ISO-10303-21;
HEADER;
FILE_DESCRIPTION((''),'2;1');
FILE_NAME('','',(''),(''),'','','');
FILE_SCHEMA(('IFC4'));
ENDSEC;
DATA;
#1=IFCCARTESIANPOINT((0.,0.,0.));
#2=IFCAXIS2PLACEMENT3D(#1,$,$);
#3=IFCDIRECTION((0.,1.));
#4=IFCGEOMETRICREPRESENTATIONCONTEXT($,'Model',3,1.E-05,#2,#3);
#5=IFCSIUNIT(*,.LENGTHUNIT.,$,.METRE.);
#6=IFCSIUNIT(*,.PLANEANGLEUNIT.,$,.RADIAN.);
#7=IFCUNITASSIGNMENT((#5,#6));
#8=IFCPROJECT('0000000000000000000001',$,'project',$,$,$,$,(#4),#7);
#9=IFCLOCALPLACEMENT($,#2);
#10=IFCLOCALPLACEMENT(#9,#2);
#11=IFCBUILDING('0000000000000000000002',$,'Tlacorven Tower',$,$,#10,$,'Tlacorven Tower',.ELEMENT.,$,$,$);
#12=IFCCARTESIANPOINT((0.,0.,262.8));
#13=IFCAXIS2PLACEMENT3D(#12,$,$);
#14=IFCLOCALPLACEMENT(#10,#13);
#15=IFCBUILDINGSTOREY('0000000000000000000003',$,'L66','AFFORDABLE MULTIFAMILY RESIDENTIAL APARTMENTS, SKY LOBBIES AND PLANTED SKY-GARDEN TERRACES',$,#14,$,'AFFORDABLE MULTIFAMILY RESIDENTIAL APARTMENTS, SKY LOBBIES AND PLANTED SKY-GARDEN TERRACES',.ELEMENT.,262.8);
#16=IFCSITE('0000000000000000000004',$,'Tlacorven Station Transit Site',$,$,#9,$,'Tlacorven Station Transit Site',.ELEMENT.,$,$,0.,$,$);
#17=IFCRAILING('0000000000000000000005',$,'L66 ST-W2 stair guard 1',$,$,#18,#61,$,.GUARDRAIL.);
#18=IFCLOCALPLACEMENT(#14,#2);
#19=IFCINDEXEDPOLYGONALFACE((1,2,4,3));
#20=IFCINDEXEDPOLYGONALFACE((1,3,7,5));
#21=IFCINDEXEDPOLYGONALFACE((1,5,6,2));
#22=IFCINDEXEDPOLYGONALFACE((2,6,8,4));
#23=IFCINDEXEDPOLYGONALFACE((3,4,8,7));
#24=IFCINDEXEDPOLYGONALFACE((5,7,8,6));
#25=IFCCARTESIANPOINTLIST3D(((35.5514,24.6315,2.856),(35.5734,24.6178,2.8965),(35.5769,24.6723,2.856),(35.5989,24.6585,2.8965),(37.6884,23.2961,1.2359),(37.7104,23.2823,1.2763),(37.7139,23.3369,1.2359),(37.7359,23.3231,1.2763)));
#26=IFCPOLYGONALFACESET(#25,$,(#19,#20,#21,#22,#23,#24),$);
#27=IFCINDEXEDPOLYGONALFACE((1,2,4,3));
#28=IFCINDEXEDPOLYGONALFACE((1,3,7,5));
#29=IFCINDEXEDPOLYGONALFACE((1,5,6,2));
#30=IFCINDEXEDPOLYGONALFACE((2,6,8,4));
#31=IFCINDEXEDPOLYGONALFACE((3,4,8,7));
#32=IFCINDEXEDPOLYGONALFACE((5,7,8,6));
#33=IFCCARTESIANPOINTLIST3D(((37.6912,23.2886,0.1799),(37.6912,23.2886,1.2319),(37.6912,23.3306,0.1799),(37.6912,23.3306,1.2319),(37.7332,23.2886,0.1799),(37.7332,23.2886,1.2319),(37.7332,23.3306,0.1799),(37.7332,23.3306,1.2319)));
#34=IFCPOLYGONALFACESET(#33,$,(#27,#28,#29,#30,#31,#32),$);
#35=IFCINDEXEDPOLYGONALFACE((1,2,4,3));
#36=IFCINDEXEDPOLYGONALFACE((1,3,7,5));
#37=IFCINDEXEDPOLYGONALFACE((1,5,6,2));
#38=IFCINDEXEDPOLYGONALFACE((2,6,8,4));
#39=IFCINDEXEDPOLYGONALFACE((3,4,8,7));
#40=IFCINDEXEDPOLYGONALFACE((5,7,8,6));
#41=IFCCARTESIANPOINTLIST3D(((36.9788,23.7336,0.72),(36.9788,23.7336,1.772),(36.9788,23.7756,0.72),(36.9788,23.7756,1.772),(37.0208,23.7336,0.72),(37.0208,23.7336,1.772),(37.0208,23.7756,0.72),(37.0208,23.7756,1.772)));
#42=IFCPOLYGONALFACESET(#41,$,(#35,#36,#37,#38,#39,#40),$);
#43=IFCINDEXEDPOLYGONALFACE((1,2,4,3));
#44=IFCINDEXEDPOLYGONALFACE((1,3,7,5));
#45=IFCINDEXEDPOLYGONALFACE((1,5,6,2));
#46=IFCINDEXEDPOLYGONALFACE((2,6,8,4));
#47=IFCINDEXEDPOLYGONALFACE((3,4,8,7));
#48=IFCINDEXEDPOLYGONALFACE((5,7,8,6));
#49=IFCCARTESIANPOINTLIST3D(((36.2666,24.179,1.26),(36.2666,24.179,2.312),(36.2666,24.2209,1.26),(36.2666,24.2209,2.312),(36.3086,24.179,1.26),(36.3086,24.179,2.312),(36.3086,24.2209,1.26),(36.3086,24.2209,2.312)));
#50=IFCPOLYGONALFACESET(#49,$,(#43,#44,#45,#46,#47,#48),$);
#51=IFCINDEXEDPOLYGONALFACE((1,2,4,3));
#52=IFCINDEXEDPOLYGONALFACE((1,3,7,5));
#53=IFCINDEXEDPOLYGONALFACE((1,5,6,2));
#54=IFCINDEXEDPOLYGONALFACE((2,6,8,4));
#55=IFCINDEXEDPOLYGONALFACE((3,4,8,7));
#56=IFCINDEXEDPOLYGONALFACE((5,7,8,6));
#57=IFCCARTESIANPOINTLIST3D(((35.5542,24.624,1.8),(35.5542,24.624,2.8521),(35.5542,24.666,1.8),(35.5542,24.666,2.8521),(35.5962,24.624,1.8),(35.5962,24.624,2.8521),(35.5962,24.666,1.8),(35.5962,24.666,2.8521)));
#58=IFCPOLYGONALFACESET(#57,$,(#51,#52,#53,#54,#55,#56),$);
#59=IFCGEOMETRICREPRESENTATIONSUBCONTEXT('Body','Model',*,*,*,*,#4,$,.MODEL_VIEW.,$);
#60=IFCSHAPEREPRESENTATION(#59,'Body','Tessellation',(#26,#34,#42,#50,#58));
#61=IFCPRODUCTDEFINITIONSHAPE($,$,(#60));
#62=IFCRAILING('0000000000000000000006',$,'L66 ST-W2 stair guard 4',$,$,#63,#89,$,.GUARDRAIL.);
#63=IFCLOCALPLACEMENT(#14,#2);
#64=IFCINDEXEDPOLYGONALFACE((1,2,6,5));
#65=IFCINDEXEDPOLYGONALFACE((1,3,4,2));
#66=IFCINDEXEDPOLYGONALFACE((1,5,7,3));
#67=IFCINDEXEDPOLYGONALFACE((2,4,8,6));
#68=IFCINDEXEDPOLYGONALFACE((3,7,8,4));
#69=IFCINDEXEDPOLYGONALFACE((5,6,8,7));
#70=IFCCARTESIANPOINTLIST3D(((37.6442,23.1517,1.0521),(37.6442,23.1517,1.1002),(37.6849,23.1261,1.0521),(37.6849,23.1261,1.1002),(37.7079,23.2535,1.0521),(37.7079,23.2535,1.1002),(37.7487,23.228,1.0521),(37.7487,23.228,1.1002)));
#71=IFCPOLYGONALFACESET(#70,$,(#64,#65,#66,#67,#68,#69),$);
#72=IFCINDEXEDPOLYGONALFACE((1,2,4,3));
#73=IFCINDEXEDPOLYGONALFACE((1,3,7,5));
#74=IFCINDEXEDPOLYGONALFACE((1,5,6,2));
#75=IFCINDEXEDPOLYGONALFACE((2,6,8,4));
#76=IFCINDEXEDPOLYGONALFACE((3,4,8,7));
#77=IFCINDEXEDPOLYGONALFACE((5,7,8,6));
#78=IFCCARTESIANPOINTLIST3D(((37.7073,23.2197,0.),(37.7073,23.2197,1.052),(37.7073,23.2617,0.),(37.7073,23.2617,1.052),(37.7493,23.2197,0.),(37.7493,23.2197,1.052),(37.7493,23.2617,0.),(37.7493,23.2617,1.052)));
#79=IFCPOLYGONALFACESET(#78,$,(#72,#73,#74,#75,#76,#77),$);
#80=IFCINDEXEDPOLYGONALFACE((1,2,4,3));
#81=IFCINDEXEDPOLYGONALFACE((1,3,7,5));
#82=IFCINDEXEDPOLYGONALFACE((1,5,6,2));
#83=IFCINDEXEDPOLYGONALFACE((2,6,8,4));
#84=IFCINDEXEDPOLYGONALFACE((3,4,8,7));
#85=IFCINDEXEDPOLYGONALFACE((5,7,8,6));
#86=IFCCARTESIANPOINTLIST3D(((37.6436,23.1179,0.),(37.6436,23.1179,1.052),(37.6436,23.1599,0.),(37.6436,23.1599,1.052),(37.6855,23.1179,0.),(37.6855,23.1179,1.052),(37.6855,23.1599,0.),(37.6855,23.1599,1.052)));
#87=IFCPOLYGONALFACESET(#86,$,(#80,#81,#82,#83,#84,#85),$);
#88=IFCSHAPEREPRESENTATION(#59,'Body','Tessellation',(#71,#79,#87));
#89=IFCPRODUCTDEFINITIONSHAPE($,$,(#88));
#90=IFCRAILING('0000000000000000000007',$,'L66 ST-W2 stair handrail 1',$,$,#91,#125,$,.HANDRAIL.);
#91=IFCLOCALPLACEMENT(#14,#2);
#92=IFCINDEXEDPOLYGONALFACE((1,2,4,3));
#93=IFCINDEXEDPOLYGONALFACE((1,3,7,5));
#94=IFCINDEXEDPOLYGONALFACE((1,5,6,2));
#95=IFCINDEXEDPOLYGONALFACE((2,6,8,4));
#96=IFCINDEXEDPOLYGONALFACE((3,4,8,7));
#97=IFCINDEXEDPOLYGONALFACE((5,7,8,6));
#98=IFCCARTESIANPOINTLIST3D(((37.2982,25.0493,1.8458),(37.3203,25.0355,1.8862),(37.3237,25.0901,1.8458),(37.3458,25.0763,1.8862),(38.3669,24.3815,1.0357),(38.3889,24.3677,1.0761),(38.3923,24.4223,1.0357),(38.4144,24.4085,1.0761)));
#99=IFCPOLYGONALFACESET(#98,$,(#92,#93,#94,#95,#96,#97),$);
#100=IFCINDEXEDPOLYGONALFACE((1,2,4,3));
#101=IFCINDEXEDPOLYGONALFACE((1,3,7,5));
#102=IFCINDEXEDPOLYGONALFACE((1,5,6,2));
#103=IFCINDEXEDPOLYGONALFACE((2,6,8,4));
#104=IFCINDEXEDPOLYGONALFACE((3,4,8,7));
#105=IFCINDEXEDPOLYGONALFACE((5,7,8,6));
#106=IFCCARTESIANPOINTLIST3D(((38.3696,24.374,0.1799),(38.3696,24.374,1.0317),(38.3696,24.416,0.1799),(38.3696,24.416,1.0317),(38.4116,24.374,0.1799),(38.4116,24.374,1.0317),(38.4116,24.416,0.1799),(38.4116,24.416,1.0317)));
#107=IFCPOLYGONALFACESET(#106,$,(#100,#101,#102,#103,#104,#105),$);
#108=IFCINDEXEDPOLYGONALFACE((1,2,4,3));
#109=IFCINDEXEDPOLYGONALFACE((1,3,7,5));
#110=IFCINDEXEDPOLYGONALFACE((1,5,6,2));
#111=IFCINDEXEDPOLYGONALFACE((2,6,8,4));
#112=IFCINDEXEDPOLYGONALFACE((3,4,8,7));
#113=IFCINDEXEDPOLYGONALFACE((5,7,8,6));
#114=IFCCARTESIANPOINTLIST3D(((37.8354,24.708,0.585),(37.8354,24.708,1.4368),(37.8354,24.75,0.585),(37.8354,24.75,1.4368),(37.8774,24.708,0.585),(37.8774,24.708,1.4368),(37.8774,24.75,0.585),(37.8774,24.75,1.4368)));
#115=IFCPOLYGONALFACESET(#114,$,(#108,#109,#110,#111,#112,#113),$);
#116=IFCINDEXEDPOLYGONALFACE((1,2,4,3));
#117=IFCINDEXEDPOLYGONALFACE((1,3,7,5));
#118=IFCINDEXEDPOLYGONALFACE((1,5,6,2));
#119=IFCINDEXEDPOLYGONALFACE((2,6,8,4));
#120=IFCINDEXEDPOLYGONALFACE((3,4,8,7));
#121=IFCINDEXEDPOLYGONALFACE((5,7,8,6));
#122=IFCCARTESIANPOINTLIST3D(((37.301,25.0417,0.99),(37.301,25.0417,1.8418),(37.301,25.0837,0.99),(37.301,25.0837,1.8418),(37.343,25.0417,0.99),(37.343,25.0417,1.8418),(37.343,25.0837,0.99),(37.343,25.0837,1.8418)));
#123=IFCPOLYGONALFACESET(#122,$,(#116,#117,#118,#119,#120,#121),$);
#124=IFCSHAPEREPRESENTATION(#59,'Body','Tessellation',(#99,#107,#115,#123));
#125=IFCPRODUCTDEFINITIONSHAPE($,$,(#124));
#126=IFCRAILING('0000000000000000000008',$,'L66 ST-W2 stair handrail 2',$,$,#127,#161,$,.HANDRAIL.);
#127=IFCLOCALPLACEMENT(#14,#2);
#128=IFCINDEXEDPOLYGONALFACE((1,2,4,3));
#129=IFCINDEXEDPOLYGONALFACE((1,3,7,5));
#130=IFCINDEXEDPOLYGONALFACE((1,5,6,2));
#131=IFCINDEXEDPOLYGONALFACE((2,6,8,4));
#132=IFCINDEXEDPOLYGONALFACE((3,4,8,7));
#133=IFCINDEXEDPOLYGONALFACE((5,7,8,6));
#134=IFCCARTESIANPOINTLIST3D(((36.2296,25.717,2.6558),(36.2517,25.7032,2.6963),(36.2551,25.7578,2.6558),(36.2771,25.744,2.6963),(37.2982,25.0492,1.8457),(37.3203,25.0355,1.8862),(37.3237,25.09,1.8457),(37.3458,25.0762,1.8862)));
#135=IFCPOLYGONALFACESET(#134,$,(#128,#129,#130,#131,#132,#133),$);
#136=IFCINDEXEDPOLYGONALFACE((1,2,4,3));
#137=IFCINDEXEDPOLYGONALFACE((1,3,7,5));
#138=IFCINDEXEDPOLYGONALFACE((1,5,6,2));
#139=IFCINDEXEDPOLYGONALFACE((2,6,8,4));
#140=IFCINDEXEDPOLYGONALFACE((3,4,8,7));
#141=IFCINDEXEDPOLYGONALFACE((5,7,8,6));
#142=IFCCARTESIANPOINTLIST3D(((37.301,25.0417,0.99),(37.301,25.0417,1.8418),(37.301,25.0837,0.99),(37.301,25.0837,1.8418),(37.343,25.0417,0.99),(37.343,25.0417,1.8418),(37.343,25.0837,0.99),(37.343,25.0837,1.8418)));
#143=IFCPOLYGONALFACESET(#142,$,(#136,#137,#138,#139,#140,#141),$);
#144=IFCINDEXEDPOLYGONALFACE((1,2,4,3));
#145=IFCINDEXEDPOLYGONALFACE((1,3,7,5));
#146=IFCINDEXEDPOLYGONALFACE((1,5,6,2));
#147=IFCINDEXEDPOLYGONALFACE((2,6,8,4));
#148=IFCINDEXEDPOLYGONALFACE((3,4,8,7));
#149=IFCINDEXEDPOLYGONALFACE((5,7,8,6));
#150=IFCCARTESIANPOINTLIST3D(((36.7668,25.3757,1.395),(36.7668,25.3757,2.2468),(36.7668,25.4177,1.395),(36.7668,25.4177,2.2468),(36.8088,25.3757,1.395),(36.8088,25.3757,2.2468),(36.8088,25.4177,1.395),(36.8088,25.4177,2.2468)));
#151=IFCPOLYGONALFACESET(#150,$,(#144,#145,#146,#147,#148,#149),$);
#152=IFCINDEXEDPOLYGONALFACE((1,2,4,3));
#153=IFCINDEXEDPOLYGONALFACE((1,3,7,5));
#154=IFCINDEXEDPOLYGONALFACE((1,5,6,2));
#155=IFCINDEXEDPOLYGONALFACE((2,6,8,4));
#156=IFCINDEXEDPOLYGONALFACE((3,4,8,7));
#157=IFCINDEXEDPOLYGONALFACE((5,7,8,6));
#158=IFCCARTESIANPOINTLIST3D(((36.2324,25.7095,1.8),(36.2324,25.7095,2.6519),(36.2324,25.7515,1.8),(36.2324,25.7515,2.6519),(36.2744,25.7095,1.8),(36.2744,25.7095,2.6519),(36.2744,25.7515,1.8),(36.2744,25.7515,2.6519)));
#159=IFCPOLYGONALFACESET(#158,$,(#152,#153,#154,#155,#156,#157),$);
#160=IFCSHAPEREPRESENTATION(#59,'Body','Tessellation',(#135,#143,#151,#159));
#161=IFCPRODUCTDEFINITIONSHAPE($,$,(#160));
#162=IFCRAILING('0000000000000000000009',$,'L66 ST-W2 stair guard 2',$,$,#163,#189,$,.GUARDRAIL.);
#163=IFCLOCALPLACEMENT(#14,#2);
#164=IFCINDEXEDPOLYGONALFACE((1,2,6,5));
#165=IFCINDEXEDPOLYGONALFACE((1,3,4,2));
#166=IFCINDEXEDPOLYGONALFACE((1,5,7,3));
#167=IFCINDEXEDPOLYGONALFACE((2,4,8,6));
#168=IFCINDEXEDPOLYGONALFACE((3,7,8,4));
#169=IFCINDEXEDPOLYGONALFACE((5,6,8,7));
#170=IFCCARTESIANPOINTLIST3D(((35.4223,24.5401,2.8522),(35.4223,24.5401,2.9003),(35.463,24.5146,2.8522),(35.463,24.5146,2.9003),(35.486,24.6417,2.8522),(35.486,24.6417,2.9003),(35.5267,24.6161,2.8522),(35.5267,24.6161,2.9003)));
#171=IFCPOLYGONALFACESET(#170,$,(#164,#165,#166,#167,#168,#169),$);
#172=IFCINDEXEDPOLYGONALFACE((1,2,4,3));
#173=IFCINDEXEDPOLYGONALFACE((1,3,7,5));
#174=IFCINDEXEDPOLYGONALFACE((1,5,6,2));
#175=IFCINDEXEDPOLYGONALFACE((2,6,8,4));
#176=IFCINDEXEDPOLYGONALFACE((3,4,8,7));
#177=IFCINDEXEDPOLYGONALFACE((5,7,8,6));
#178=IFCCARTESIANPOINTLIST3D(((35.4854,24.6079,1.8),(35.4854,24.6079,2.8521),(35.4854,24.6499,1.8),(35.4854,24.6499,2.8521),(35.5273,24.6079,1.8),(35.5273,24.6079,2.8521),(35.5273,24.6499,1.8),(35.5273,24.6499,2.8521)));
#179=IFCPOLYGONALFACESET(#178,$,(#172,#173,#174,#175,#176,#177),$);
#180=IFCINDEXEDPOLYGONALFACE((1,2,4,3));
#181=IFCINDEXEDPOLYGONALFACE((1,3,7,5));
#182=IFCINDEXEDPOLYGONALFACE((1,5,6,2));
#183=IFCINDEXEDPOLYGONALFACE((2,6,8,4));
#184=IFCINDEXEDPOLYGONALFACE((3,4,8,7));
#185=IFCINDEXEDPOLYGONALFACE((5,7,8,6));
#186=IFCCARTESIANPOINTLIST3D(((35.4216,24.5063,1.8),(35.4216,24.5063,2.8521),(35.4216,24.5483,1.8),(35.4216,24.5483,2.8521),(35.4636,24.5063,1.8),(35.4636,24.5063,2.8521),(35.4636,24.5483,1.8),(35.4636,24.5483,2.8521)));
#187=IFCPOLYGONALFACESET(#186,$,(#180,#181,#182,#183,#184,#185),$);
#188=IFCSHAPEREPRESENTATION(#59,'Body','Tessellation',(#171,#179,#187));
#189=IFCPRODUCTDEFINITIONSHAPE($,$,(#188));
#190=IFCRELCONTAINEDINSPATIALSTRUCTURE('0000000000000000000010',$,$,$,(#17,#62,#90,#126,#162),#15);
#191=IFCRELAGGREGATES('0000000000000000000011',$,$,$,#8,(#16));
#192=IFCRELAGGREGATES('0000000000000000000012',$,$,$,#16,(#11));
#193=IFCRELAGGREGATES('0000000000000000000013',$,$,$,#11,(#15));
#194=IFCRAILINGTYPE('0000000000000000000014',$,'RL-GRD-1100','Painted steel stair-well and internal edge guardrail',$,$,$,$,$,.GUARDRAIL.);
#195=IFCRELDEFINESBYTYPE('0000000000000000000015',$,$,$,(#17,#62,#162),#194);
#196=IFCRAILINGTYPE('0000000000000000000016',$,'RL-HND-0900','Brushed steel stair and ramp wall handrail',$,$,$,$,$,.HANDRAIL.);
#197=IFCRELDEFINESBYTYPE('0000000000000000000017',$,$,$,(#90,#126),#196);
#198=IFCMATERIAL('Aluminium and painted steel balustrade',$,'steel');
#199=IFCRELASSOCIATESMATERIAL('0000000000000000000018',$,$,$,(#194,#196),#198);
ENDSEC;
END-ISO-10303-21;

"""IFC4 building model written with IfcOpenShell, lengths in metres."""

from ifc_helpers import new_model, si_unit, direction, frame, origin, origin_2d, place, context, subcontext, project, spatial, rectangle, extrude, source, transform, mapped, material, type_object, element, save


model = new_model("IFC4")

# Units and contexts
model_context = context("Model", 3, precision=1e-05, world=origin(), true_north=direction((0.0, 1.0)))
body_context = subcontext(model_context, "Body", "Model", "MODEL_VIEW")
ifc_project = project(units=[si_unit("LENGTHUNIT", "METRE"), si_unit("PLANEANGLEUNIT", "RADIAN")], contexts=[model_context])

# Site, building, storey
site_placement = place(None, origin())
site = spatial("IfcSite", under=ifc_project, at=site_placement, Name="Tlacorven Station Transit Site", LongName="Tlacorven Station Transit Site", CompositionType="ELEMENT", RefElevation=0.0)
building_placement = place(site_placement, origin())
building = spatial("IfcBuilding", under=site, at=building_placement, Name="Tlacorven Tower", LongName="Tlacorven Tower", CompositionType="ELEMENT")
storey_placement = place(building_placement, frame((0.0, 0.0, 262.8)))
storey = spatial("IfcBuildingStorey", under=building, at=storey_placement, Name="L66", Description="AFFORDABLE MULTIFAMILY RESIDENTIAL APARTMENTS, SKY LOBBIES AND PLANTED SKY-GARDEN TERRACES", LongName="AFFORDABLE MULTIFAMILY RESIDENTIAL APARTMENTS, SKY LOBBIES AND PLANTED SKY-GARDEN TERRACES", CompositionType="ELEMENT", Elevation=262.8)

# Railings
ifc_material_1 = material(Name="Aluminium and painted steel balustrade", Category="steel")
railing_type_1 = type_object("IfcRailingType", Name="RL-GRD-1100", Description="Painted steel stair-well and internal edge guardrail", PredefinedType="GUARDRAIL", material=ifc_material_1)
shared_shape_1 = source(origin(), body_context, "Body", "SweptSolid", [
    extrude(rectangle(XDim=0.0481, YDim=0.0481, at=origin_2d()), frame((0.0, 0.0, 1.0762), z_axis=(-0.71332, 0.445774, 0.540796), x_axis=(-0.529955, -0.848026, 0.0)), (0.0, 0.0, 1.0), 2.9958),
    extrude(rectangle(XDim=0.042, YDim=0.042, at=origin_2d()), origin(), (0.0, 0.0, 1.0), 1.052),
    extrude(rectangle(XDim=0.042, YDim=0.042, at=origin_2d()), frame((-0.7124, 0.4451, 0.54)), (0.0, 0.0, 1.0), 1.052),
    extrude(rectangle(XDim=0.042, YDim=0.042, at=origin_2d()), frame((-1.4246, 0.8904, 1.0801)), (0.0, 0.0, 1.0), 1.052),
    extrude(rectangle(XDim=0.042, YDim=0.042, at=origin_2d()), frame((-2.137, 1.3354, 1.6201)), (0.0, 0.0, 1.0), 1.052),
])
railing_1_placement = place(storey_placement, frame((37.7122, 23.3096, 0.1799)))
element("IfcRailing", 1, at=railing_1_placement, inside=storey, type_object=railing_type_1, Name="L66 ST-W2 stair guard 1", PredefinedType="GUARDRAIL", context=body_context, shape_type="MappedRepresentation", body=[
    mapped(shared_shape_1, transform((0.0, 0.0, 0.0), scale=1.0)),
])
shared_shape_2 = source(origin(), body_context, "Body", "SweptSolid", [
    extrude(rectangle(XDim=0.0481, YDim=0.0481, at=origin_2d()), frame((0.0, 0.0, 1.0762), z_axis=(-0.530547, -0.847656, 0.0), x_axis=(0.847656, -0.530547, 0.0)), (0.0, 0.0, 1.0), 0.1201),
    extrude(rectangle(XDim=0.042, YDim=0.042, at=origin_2d()), origin(), (0.0, 0.0, 1.0), 1.052),
    extrude(rectangle(XDim=0.042, YDim=0.042, at=origin_2d()), frame((-0.0637, -0.1018, 0.0)), (0.0, 0.0, 1.0), 1.052),
])
railing_2_placement = place(storey_placement, frame((37.7283, 23.2407, 0.0)))
element("IfcRailing", 2, at=railing_2_placement, inside=storey, type_object=railing_type_1, Name="L66 ST-W2 stair guard 4", PredefinedType="GUARDRAIL", context=body_context, shape_type="MappedRepresentation", body=[
    mapped(shared_shape_2, transform((0.0, 0.0, 0.0), scale=1.0)),
])
railing_type_2 = type_object("IfcRailingType", Name="RL-HND-0900", Description="Brushed steel stair and ramp wall handrail", PredefinedType="HANDRAIL", material=ifc_material_1)
shared_shape_3 = source(origin(), body_context, "Body", "SweptSolid", [
    extrude(rectangle(XDim=0.0481, YDim=0.0481, at=origin_2d()), frame((0.0, 0.0, 0.876), z_axis=(-0.71336, 0.445748, 0.540765), x_axis=(-0.529912, -0.848053, 0.0)), (0.0, 0.0, 1.0), 1.498),
    extrude(rectangle(XDim=0.042, YDim=0.042, at=origin_2d()), origin(), (0.0, 0.0, 1.0), 0.8518),
    extrude(rectangle(XDim=0.042, YDim=0.042, at=origin_2d()), frame((-0.5342, 0.334, 0.405)), (0.0, 0.0, 1.0), 0.8518),
    extrude(rectangle(XDim=0.042, YDim=0.042, at=origin_2d()), frame((-1.0686, 0.6677, 0.8101)), (0.0, 0.0, 1.0), 0.8518),
])
for number, where, name in (
    (3, (38.3906, 24.395, 0.1799), "L66 ST-W2 stair handrail 1"),
    (4, (37.322, 25.0627, 0.99), "L66 ST-W2 stair handrail 2"),
):
    element("IfcRailing", number, at=place(storey_placement, frame(where)), inside=storey, type_object=railing_type_2, Name=name, PredefinedType="HANDRAIL", context=body_context, shape_type="MappedRepresentation", body=[
        mapped(shared_shape_3, transform((0.0, 0.0, 0.0), scale=1.0)),
    ])
shared_shape_4 = source(origin(), body_context, "Body", "SweptSolid", [
    extrude(rectangle(XDim=0.0481, YDim=0.0481, at=origin_2d()), frame((0.0, 0.0, 1.0762), z_axis=(-0.531462, -0.847082, 0.0), x_axis=(0.847082, -0.531462, 0.0)), (0.0, 0.0, 1.0), 0.1199),
    extrude(rectangle(XDim=0.042, YDim=0.042, at=origin_2d()), origin(), (0.0, 0.0, 1.0), 1.052),
    extrude(rectangle(XDim=0.042, YDim=0.042, at=origin_2d()), frame((-0.0637, -0.1016, 0.0)), (0.0, 0.0, 1.0), 1.052),
])
railing_3_placement = place(storey_placement, frame((35.5063, 24.6289, 1.8)))
element("IfcRailing", 5, at=railing_3_placement, inside=storey, type_object=railing_type_1, Name="L66 ST-W2 stair guard 2", PredefinedType="GUARDRAIL", context=body_context, shape_type="MappedRepresentation", body=[
    mapped(shared_shape_4, transform((0.0, 0.0, 0.0), scale=1.0)),
])

save(model, "model.ifc")
